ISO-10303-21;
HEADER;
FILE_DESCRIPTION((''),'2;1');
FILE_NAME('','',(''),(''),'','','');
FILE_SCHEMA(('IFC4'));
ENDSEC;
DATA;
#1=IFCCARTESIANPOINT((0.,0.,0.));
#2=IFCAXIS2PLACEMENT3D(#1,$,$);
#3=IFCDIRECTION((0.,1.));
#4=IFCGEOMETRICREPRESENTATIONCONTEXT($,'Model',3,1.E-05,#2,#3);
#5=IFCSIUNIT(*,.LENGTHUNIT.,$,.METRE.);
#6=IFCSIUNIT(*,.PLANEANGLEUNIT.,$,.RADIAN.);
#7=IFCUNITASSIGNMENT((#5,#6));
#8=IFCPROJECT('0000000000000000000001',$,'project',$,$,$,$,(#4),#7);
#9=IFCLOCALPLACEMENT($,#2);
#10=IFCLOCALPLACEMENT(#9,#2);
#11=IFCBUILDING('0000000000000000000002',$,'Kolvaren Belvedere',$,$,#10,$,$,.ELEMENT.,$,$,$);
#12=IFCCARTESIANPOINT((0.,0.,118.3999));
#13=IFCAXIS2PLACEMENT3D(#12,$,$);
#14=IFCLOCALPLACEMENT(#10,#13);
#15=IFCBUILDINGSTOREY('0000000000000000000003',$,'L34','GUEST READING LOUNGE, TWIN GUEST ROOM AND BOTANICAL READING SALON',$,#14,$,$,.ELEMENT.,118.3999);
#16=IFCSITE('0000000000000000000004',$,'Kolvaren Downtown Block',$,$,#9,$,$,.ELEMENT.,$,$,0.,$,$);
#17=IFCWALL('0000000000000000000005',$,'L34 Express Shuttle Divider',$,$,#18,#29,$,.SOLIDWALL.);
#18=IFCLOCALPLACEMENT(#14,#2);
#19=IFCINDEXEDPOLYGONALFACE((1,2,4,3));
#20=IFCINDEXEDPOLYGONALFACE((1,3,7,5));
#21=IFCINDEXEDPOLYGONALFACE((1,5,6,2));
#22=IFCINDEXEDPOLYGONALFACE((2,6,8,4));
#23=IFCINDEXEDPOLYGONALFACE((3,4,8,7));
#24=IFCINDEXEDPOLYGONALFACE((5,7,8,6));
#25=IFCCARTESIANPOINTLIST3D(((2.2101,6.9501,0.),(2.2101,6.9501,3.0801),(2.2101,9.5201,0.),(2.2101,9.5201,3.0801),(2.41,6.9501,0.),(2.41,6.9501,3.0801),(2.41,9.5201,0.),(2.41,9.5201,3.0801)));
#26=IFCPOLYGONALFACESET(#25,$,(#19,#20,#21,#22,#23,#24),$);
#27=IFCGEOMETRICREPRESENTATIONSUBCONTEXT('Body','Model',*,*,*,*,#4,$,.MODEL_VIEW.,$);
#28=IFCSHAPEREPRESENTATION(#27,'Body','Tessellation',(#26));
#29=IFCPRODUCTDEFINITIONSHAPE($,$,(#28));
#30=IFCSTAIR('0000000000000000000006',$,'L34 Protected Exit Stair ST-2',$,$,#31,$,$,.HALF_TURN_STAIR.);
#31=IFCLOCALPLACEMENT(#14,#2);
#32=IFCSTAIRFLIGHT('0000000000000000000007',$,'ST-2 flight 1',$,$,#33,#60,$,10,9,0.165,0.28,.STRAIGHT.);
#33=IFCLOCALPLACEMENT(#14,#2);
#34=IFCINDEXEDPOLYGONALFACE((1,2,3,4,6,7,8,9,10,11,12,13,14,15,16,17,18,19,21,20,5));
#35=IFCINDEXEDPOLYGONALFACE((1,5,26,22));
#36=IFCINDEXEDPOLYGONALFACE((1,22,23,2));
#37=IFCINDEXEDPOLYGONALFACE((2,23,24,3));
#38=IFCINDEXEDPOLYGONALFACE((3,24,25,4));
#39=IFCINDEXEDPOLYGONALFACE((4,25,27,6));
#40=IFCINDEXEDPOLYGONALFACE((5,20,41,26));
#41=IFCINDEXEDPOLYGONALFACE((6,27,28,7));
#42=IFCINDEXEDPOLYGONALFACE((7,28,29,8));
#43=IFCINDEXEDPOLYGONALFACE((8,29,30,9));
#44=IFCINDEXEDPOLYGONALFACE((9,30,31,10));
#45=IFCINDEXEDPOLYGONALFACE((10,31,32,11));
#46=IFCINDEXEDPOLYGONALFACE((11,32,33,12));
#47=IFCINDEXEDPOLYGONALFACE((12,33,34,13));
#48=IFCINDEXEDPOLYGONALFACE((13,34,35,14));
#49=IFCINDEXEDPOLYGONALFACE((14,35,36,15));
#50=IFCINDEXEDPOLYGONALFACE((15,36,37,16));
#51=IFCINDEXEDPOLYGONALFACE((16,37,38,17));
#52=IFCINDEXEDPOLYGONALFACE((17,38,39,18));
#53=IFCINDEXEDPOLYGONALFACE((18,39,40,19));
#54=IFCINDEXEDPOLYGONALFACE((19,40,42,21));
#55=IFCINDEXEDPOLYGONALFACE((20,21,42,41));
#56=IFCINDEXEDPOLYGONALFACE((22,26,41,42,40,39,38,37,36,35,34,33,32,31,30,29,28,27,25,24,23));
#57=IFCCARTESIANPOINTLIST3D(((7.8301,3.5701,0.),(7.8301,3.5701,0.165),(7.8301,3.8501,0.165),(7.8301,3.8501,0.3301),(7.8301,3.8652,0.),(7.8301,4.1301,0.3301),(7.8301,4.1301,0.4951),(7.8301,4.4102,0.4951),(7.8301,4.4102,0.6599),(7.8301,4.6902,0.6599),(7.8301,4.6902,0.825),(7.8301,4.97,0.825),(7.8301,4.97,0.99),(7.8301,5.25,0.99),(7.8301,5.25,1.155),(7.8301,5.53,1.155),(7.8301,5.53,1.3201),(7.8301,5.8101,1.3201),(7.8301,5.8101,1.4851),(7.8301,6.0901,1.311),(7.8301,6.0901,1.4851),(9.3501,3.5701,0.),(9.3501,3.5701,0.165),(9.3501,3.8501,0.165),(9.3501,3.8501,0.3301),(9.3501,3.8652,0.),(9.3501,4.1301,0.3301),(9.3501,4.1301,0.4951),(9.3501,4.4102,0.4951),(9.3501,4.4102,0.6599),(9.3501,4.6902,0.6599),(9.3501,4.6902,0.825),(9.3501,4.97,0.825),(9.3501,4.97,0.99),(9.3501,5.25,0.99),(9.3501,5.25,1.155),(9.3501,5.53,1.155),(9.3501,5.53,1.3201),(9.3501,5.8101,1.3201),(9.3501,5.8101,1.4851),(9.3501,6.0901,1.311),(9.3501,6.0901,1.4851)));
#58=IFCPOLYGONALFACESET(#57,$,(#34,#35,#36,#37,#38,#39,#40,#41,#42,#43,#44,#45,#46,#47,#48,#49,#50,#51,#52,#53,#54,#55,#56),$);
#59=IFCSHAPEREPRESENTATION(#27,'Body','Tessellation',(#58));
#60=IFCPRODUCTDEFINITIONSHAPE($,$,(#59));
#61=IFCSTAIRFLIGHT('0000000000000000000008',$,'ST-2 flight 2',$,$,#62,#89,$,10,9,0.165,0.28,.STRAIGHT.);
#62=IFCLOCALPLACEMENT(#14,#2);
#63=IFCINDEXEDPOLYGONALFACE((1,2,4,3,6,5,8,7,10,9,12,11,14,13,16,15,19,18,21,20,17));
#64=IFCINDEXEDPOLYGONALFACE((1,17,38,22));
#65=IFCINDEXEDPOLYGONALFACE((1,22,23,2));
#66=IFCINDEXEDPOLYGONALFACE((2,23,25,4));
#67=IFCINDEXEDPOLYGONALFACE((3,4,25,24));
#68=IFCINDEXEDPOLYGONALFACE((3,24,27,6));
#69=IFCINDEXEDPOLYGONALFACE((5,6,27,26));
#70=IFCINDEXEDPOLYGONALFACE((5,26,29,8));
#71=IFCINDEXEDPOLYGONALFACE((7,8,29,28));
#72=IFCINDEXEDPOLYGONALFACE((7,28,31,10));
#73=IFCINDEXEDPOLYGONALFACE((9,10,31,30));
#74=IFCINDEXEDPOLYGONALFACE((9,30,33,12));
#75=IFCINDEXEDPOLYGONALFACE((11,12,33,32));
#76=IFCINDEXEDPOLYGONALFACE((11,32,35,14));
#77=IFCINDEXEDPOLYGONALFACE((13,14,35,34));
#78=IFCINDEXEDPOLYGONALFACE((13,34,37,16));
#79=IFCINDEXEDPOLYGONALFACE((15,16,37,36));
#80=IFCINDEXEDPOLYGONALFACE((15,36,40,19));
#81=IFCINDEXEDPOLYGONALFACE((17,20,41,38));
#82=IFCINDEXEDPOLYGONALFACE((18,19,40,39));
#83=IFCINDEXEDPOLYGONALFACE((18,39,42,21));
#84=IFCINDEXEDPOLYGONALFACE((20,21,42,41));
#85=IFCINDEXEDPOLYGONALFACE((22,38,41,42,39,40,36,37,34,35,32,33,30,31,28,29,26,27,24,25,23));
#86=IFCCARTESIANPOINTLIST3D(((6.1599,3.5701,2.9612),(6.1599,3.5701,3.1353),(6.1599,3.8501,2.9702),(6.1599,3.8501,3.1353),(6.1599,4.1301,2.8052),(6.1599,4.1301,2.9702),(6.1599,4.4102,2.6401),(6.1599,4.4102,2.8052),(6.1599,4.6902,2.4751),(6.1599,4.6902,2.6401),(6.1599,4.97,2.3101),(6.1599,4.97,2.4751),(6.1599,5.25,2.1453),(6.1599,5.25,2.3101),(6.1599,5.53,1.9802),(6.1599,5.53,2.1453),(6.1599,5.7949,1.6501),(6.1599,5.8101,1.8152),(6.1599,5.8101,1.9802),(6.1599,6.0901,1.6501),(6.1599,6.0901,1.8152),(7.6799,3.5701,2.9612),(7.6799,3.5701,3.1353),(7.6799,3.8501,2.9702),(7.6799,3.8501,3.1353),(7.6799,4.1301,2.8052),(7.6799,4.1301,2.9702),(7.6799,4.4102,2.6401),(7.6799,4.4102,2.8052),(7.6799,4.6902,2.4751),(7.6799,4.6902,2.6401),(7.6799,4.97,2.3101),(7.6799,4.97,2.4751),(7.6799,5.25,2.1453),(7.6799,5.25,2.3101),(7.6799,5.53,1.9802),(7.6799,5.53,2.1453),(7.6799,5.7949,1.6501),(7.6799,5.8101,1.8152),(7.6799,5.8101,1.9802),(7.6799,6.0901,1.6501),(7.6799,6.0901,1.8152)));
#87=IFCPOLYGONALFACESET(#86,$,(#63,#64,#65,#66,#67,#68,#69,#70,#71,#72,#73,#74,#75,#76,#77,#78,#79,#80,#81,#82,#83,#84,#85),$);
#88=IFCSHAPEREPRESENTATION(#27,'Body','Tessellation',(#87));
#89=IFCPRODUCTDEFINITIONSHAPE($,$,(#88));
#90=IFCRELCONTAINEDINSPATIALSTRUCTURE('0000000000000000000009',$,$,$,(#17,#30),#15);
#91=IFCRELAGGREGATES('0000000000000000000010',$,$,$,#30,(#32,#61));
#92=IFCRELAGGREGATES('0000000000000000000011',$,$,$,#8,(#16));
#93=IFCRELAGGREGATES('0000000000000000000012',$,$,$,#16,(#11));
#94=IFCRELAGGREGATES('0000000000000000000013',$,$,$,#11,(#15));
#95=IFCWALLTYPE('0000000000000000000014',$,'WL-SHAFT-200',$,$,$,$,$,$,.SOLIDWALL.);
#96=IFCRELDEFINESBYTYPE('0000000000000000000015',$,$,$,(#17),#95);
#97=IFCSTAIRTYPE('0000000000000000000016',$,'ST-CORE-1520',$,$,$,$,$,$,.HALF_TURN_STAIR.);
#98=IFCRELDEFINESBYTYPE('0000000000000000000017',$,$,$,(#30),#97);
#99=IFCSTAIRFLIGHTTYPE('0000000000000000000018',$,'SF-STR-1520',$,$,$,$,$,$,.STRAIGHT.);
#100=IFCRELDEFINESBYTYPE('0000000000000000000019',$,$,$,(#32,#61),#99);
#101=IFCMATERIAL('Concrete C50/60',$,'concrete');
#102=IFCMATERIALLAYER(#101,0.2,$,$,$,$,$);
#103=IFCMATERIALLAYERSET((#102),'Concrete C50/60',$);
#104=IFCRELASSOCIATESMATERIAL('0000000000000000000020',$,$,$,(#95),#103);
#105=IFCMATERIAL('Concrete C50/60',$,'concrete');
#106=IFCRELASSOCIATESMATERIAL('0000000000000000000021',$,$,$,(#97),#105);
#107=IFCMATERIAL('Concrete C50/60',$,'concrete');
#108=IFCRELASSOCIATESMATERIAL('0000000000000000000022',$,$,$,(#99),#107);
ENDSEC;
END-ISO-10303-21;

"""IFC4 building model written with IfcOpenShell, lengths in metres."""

from ifc_helpers import new_model, si_unit, direction, frame, frame_2d, origin, place, context, subcontext, project, spatial, polyline, rectangle, outline, extrude, material, layer, layer_set, type_object, element, aggregate, save


model = new_model("IFC4")

# Units and contexts
model_context = context("Model", 3, precision=1e-05, world=origin(), true_north=direction((0.0, 1.0)))
body_context = subcontext(model_context, "Body", "Model", "MODEL_VIEW")
ifc_project = project(units=[si_unit("LENGTHUNIT", "METRE"), si_unit("PLANEANGLEUNIT", "RADIAN")], contexts=[model_context])

# Site, building, storey
site_placement = place(None, origin())
site = spatial("IfcSite", under=ifc_project, at=site_placement, Name="Kolvaren Downtown Block", CompositionType="ELEMENT", RefElevation=0.0)
building_placement = place(site_placement, origin())
building = spatial("IfcBuilding", under=site, at=building_placement, Name="Kolvaren Belvedere", CompositionType="ELEMENT")
storey_placement = place(building_placement, frame((0.0, 0.0, 118.3999)))
storey = spatial("IfcBuildingStorey", under=building, at=storey_placement, Name="L34", Description="GUEST READING LOUNGE, TWIN GUEST ROOM AND BOTANICAL READING SALON", CompositionType="ELEMENT", Elevation=118.3999)

# Shared definitions
ifc_material_1 = material(Name="Concrete C50/60", Category="concrete")
ifc_layer_1 = layer(ifc_material_1, 0.2)
ifc_layer_set_1 = layer_set([ifc_layer_1], Name="Concrete C50/60")
wall_type_1 = type_object("IfcWallType", Name="WL-SHAFT-200", PredefinedType="SOLIDWALL", material=ifc_layer_set_1)

# Wall
for number, where, z_axis, x_axis, name in (
    (1, (2.3101, 6.95, 0.0), (0.0, 0.0, 1.0), (0.0, 1.0, 0.0), "L34 Express Shuttle Divider"),
):
    element("IfcWall", number, at=place(storey_placement, frame(where, z_axis=z_axis, x_axis=x_axis)), inside=storey, type_object=wall_type_1, Name=name, PredefinedType="SOLIDWALL", context=body_context, shape_type="SweptSolid", body=[
        extrude(rectangle(XDim=2.5701, YDim=0.2, at=frame_2d((1.2852, 0.0))), origin(), (0.0, 0.0, 1.0), 3.0801),
    ])

# Stair, stair flights
ifc_material_2 = material(Name="Concrete C50/60", Category="concrete")
stair_type = type_object("IfcStairType", Name="ST-CORE-1520", PredefinedType="HALF_TURN_STAIR", material=ifc_material_2)
stair_placement = place(storey_placement, origin())
stair = element("IfcStair", 2, at=stair_placement, inside=storey, type_object=stair_type, Name="L34 Protected Exit Stair ST-2", PredefinedType="HALF_TURN_STAIR")
ifc_material_3 = material(Name="Concrete C50/60", Category="concrete")
stair_flight_type = type_object("IfcStairFlightType", Name="SF-STR-1520", PredefinedType="STRAIGHT", material=ifc_material_3)
stair_flight_1_placement = place(storey_placement, frame((8.5901, 3.5701, 0.0), z_axis=(0.0, 0.0, 1.0), x_axis=(0.0, 1.0, 0.0)))
stair_flight_1 = element("IfcStairFlight", 3, at=stair_flight_1_placement, type_object=stair_flight_type, Name="ST-2 flight 1", NumberOfRisers=10, NumberOfTreads=9, PredefinedType="STRAIGHT", RiserHeight=0.165, TreadLength=0.28, context=body_context, shape_type="SweptSolid", body=[
    extrude(outline(polyline([(0.0, 0.0), (0.0, 0.165), (0.28, 0.165), (0.28, 0.3301), (0.5601, 0.3301), (0.5601, 0.4951), (0.8401, 0.4951), (0.8401, 0.6599), (1.1201, 0.6599), (1.1201, 0.825), (1.3999, 0.825), (1.3999, 0.99), (1.6799, 0.99), (1.6799, 1.155), (1.96, 1.155), (1.96, 1.3201), (2.24, 1.3201), (2.24, 1.4851), (2.52, 1.4851), (2.52, 1.6499), (2.52, 1.311), (0.2952, 0.0), (0.0, 0.0)])), frame((0.0, 0.76, 0.0), z_axis=(0.0, -1.0, 0.0), x_axis=(1.0, 0.0, 0.0)), (0.0, 0.0, 1.0), 1.52),
])
stair_flight_2_placement = place(storey_placement, frame((6.9199, 6.0901, 1.6501), z_axis=(0.0, 0.0, 1.0), x_axis=(0.0, -1.0, 0.0)))
stair_flight_2 = element("IfcStairFlight", 4, at=stair_flight_2_placement, type_object=stair_flight_type, Name="ST-2 flight 2", NumberOfRisers=10, NumberOfTreads=9, PredefinedType="STRAIGHT", RiserHeight=0.165, TreadLength=0.28, context=body_context, shape_type="SweptSolid", body=[
    extrude(outline(polyline([(0.0, 0.0), (0.0, 0.165), (0.28, 0.165), (0.28, 0.3301), (0.5601, 0.3301), (0.5601, 0.4951), (0.8401, 0.4951), (0.8401, 0.6599), (1.1201, 0.6599), (1.1201, 0.825), (1.3999, 0.825), (1.3999, 0.99), (1.6799, 0.99), (1.6799, 1.155), (1.96, 1.155), (1.96, 1.3201), (2.24, 1.3201), (2.24, 1.4851), (2.52, 1.4851), (2.52, 1.6499), (2.52, 1.311), (0.2952, 0.0), (0.0, 0.0)])), frame((0.0, 0.76, 0.0), z_axis=(0.0, -1.0, 0.0), x_axis=(1.0, 0.0, 0.0)), (0.0, 0.0, 1.0), 1.52),
])
aggregate(stair, [stair_flight_1, stair_flight_2])

save(model, "model.ifc")
